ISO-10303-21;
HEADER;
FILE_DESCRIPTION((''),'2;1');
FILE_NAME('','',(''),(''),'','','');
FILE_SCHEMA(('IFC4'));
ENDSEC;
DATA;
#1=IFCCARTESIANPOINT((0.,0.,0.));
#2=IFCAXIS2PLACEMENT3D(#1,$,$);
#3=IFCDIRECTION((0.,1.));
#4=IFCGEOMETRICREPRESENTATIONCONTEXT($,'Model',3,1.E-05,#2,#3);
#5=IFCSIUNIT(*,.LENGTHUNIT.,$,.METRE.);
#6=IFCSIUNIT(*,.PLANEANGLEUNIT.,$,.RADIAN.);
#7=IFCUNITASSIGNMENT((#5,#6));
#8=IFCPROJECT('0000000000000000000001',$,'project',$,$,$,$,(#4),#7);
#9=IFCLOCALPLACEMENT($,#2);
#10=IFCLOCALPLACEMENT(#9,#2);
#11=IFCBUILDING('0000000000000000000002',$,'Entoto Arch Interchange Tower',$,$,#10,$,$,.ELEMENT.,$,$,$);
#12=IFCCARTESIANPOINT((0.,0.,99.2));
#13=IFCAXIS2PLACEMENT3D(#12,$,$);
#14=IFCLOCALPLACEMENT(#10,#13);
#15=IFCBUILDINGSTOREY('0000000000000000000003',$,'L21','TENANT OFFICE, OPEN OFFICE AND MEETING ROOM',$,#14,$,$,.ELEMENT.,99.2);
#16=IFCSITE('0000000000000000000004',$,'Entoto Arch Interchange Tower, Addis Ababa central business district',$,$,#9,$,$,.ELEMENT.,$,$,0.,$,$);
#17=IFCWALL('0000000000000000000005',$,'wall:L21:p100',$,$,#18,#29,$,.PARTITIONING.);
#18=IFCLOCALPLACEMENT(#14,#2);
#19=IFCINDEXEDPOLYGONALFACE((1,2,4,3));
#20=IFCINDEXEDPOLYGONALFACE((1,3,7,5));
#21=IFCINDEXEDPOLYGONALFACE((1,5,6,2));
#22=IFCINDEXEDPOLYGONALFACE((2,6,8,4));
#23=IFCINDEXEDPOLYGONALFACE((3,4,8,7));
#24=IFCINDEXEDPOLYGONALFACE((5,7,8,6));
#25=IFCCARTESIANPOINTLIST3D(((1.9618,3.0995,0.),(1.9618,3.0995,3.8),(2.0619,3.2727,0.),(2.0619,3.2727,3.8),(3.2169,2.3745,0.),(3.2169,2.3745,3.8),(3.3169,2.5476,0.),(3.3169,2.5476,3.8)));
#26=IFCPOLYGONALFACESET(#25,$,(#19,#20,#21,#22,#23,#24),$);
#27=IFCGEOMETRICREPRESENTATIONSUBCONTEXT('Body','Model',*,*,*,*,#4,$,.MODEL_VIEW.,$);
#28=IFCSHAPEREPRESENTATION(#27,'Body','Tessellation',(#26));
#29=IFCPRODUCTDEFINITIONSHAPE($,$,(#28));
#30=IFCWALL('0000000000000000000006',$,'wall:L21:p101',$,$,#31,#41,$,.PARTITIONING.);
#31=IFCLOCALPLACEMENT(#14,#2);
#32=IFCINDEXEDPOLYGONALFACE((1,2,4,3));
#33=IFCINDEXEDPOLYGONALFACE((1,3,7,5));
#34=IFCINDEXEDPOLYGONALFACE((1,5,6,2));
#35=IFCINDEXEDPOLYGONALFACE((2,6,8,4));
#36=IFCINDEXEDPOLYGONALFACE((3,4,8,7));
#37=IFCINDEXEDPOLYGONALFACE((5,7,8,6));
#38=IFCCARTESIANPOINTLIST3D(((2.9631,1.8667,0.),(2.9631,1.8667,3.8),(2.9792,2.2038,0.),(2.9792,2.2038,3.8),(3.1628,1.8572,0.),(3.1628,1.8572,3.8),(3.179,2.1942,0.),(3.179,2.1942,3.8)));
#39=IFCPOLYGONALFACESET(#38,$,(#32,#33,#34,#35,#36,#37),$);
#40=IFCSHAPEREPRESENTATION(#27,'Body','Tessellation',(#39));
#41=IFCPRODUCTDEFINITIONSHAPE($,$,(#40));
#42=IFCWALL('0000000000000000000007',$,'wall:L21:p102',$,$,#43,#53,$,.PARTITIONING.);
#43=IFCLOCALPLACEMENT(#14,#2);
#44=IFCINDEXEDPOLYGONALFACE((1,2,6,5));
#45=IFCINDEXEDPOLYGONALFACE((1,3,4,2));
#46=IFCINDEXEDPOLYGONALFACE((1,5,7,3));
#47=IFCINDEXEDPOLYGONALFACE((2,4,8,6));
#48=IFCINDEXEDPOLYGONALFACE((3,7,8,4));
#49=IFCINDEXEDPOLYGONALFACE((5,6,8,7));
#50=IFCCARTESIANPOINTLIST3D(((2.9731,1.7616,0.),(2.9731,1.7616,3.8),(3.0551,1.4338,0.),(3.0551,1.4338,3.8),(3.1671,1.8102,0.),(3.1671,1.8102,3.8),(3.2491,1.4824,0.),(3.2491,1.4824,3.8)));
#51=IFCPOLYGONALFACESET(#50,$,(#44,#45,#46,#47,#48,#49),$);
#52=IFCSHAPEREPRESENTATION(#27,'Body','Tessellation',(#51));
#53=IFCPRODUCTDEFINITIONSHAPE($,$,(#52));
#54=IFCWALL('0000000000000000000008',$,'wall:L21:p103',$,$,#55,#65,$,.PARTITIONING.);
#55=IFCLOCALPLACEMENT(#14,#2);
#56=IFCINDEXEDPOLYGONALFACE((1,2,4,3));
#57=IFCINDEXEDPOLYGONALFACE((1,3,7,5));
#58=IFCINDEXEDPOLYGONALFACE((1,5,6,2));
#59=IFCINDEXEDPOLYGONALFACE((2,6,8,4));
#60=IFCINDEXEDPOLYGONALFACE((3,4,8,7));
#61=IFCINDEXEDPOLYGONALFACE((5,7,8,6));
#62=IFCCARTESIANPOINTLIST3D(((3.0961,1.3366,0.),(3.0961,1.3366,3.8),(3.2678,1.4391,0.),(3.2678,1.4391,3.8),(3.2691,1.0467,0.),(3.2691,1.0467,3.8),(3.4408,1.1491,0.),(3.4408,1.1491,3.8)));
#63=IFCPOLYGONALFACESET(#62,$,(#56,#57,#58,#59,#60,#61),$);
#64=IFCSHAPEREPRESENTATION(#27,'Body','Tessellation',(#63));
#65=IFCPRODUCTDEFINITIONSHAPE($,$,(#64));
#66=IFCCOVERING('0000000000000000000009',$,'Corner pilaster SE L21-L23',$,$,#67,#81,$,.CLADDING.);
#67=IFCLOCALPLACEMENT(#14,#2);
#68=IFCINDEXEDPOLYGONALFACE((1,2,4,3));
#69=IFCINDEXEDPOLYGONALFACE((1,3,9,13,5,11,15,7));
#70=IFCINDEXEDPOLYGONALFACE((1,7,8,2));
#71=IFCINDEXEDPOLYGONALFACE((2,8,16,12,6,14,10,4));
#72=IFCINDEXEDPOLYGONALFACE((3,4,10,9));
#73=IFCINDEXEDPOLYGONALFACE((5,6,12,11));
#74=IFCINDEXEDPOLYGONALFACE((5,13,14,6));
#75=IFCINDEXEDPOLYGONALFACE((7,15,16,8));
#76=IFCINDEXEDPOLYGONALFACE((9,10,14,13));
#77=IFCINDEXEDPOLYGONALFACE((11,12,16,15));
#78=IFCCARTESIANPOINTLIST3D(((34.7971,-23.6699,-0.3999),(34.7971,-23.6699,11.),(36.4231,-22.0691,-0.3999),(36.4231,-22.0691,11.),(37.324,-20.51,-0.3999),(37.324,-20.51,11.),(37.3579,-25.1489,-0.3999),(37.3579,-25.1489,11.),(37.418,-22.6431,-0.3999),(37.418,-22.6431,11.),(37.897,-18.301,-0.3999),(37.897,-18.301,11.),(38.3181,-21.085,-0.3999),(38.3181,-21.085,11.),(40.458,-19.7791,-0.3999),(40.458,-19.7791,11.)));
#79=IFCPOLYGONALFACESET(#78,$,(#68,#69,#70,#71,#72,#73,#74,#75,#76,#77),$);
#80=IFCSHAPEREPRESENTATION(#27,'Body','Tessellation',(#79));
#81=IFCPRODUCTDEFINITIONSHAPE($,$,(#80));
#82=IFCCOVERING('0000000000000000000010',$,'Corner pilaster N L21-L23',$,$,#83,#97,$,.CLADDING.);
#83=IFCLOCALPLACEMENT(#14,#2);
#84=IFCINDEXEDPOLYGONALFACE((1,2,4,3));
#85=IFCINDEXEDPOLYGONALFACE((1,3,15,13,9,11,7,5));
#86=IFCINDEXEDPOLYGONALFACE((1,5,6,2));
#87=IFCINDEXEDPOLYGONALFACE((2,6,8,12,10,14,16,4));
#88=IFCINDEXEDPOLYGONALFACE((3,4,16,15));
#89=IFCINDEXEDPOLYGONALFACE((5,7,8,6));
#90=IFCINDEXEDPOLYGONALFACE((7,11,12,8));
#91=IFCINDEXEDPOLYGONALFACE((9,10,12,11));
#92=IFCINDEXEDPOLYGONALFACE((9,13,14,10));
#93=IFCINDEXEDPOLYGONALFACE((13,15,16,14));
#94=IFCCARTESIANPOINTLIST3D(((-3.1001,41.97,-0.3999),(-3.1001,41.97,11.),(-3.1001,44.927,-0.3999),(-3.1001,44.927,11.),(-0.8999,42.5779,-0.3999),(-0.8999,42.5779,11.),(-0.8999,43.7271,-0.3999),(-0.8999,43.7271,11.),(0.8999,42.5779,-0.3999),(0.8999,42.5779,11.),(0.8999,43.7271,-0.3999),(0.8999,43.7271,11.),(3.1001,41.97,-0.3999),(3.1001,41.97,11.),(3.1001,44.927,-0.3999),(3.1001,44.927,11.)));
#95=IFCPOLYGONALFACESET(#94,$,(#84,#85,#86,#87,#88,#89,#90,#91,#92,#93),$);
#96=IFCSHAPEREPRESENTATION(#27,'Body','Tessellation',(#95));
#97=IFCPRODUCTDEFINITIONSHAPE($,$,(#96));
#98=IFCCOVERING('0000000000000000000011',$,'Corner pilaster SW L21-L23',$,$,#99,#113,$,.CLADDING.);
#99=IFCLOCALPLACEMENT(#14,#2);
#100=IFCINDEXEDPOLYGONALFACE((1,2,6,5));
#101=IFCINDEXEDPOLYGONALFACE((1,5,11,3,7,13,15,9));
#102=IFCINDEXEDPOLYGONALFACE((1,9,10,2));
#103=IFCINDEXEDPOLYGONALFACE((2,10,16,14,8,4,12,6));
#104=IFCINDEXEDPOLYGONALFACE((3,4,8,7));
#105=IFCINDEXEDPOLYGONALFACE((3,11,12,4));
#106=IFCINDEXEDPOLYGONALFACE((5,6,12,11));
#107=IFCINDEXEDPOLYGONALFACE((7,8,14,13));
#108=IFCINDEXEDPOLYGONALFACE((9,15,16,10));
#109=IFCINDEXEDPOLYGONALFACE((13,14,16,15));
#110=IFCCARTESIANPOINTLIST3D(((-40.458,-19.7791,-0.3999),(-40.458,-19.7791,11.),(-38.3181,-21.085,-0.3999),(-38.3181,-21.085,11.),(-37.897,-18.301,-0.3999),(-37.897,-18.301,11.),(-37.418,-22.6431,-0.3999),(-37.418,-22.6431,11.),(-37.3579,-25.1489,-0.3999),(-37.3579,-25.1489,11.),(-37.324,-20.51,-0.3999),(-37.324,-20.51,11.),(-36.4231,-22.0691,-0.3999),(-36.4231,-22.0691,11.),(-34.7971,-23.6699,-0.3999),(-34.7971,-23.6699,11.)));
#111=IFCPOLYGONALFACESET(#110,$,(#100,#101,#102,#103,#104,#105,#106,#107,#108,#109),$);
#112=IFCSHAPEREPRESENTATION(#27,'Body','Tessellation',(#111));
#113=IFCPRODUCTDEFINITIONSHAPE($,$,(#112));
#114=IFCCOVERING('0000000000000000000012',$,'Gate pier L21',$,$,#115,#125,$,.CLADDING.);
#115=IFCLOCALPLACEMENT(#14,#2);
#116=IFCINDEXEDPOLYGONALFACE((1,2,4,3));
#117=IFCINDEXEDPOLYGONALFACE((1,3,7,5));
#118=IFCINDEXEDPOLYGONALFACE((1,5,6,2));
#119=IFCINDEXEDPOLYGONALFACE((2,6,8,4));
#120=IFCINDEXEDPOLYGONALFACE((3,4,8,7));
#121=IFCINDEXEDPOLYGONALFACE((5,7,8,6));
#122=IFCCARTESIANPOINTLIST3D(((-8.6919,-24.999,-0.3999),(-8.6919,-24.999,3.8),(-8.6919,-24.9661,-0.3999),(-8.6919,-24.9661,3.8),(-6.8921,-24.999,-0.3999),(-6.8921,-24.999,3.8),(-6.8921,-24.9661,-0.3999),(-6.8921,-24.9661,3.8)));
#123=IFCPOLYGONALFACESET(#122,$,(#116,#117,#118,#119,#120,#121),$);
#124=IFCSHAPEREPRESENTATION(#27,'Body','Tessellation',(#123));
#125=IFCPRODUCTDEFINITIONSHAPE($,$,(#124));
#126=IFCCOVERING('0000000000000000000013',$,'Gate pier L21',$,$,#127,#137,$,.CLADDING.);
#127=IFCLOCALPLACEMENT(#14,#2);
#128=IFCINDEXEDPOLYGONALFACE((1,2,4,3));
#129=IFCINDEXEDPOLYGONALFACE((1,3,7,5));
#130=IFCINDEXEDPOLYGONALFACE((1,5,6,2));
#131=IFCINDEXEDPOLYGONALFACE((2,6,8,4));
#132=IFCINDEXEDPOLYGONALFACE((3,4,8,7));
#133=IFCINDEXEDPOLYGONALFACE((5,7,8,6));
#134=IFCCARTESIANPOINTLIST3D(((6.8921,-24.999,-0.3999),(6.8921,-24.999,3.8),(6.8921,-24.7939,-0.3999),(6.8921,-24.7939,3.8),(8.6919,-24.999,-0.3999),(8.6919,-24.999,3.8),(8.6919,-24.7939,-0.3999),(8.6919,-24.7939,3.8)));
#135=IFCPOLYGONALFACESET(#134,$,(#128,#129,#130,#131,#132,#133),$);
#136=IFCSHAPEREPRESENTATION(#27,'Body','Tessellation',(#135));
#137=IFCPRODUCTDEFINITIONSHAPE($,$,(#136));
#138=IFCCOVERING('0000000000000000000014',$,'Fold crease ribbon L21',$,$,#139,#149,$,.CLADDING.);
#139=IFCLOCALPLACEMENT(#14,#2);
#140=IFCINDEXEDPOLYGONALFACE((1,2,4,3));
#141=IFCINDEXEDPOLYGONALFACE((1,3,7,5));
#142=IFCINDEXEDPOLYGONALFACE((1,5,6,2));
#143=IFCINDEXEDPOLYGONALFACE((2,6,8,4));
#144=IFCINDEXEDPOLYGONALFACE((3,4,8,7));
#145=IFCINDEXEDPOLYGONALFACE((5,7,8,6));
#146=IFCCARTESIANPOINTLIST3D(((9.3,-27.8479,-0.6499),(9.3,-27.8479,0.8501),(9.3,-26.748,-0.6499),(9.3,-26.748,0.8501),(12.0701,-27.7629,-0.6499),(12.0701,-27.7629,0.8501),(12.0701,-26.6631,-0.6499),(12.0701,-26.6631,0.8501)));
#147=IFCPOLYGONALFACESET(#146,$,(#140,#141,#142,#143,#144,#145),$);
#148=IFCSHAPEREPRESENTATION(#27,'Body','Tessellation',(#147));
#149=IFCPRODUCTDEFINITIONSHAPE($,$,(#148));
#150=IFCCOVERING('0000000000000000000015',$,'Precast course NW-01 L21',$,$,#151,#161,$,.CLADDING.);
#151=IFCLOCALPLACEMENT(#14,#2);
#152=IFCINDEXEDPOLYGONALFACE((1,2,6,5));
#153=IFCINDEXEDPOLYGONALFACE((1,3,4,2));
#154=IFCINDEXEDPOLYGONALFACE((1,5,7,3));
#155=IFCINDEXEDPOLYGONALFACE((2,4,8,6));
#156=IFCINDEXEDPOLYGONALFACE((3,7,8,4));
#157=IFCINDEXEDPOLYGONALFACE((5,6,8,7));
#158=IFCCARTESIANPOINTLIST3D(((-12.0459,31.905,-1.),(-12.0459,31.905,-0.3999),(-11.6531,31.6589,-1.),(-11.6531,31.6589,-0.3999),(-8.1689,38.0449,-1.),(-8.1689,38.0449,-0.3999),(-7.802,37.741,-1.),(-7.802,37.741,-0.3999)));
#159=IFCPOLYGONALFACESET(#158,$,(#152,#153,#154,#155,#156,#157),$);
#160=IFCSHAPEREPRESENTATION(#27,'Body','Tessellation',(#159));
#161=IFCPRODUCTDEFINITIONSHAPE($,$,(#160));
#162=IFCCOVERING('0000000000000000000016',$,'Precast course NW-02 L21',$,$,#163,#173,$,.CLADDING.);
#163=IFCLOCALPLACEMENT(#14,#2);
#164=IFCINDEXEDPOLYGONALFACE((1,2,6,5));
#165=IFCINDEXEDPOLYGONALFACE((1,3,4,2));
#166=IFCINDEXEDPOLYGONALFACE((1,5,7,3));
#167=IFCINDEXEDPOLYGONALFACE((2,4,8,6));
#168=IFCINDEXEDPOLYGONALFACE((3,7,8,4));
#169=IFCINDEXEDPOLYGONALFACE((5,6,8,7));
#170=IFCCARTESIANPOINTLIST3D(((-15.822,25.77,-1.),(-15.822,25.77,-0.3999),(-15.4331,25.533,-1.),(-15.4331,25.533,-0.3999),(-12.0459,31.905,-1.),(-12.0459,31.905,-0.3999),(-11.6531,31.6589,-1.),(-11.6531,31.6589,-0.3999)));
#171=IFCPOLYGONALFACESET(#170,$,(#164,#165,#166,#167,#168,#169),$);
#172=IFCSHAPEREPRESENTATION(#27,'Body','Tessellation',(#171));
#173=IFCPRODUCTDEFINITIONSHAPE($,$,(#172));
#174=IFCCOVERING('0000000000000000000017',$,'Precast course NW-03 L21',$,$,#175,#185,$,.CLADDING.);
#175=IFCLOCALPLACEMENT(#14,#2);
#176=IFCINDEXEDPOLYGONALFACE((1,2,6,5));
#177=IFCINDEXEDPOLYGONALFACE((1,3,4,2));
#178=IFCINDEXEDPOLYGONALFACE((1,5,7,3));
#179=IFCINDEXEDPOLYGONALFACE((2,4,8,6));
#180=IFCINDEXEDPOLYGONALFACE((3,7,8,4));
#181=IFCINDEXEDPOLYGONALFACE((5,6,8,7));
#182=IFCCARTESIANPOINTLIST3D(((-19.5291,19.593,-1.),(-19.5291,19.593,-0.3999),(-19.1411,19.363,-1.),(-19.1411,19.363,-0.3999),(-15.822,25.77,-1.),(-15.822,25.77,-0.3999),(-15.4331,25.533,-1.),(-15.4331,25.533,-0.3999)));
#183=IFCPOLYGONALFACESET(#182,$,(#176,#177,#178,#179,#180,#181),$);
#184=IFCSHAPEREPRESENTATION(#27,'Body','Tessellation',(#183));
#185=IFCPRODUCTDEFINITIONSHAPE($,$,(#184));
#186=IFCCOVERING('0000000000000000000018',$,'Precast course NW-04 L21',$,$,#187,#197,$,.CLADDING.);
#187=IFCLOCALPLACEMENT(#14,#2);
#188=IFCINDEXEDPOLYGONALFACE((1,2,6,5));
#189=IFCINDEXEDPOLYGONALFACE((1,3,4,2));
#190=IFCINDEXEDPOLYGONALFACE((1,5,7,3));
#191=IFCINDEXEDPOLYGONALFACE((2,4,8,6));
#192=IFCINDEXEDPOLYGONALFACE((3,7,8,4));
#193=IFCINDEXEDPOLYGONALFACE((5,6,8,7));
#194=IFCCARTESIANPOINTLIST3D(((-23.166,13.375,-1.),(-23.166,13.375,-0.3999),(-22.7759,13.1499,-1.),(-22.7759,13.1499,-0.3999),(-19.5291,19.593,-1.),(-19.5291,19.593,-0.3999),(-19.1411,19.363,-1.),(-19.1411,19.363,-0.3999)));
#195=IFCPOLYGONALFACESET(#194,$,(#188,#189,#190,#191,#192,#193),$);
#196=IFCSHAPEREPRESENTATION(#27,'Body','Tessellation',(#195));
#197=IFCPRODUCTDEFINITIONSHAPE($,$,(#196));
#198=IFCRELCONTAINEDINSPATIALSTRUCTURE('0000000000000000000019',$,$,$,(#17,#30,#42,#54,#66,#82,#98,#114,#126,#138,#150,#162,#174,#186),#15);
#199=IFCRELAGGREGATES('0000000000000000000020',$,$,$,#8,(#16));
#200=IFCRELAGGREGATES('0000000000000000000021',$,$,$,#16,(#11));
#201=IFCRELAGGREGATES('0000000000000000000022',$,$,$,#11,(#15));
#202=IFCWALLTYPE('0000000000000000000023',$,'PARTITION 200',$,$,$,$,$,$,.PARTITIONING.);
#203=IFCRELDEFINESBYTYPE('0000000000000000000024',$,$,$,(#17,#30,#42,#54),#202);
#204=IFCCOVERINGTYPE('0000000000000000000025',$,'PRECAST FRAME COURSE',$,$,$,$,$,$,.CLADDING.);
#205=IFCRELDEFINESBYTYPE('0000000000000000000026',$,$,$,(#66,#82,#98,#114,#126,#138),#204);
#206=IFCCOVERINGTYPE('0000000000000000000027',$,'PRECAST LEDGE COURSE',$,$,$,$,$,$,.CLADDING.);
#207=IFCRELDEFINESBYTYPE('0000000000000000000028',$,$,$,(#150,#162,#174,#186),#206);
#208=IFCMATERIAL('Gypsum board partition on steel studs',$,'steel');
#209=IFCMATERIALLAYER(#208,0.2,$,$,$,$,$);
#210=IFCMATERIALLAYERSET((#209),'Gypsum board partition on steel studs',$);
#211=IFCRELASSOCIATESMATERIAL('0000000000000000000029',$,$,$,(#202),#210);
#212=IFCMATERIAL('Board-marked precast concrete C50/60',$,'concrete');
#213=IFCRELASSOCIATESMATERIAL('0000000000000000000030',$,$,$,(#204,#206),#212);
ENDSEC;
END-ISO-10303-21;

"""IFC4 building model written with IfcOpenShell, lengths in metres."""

from ifc_helpers import new_model, si_unit, direction, frame, frame_2d, origin, place, context, subcontext, project, spatial, polyline, rectangle, outline, extrude, material, layer, layer_set, type_object, element, save


model = new_model("IFC4")

# Units and contexts
model_context = context("Model", 3, precision=1e-05, world=origin(), true_north=direction((0.0, 1.0)))
body_context = subcontext(model_context, "Body", "Model", "MODEL_VIEW")
ifc_project = project(units=[si_unit("LENGTHUNIT", "METRE"), si_unit("PLANEANGLEUNIT", "RADIAN")], contexts=[model_context])

# Site, building, storey
site_placement = place(None, origin())
site = spatial("IfcSite", under=ifc_project, at=site_placement, Name="Entoto Arch Interchange Tower, Addis Ababa central business district", CompositionType="ELEMENT", RefElevation=0.0)
building_placement = place(site_placement, origin())
building = spatial("IfcBuilding", under=site, at=building_placement, Name="Entoto Arch Interchange Tower", CompositionType="ELEMENT")
storey_placement = place(building_placement, frame((0.0, 0.0, 99.2)))
storey = spatial("IfcBuildingStorey", under=building, at=storey_placement, Name="L21", Description="TENANT OFFICE, OPEN OFFICE AND MEETING ROOM", CompositionType="ELEMENT", Elevation=99.2)

# Shared definitions
ifc_material_1 = material(Name="Board-marked precast concrete C50/60", Category="concrete")

# Walls
ifc_material_2 = material(Name="Gypsum board partition on steel studs", Category="steel")
ifc_layer_1 = layer(ifc_material_2, 0.2)
ifc_layer_set_1 = layer_set([ifc_layer_1], Name="Gypsum board partition on steel studs")
wall_type = type_object("IfcWallType", Name="PARTITION 200", PredefinedType="PARTITIONING", material=ifc_layer_set_1)
wall_1_placement = place(storey_placement, frame((2.012, 3.186, 0.0), z_axis=(0.0, 0.0, 1.0), x_axis=(0.865891, -0.500233, 0.0)))
element("IfcWall", 1, at=wall_1_placement, inside=storey, type_object=wall_type, Name="wall:L21:p100", PredefinedType="PARTITIONING", context=body_context, shape_type="SweptSolid", body=[
    extrude(rectangle(XDim=1.4495, YDim=0.2, at=frame_2d((0.7246, 0.0))), origin(), (0.0, 0.0, 1.0), 3.8),
])
wall_2_placement = place(storey_placement, frame((3.0791, 2.199, 0.0), z_axis=(0.0, 0.0, 1.0), x_axis=(-0.047771, -0.998858, 0.0)))
element("IfcWall", 2, at=wall_2_placement, inside=storey, type_object=wall_type, Name="wall:L21:p101", PredefinedType="PARTITIONING", context=body_context, shape_type="SweptSolid", body=[
    extrude(rectangle(XDim=0.3374, YDim=0.2, at=frame_2d((0.1687, 0.0))), origin(), (0.0, 0.0, 1.0), 3.8),
])
wall_3_placement = place(storey_placement, frame((3.0701, 1.7859, 0.0), z_axis=(0.0, 0.0, 1.0), x_axis=(0.242706, -0.9701, 0.0)))
element("IfcWall", 3, at=wall_3_placement, inside=storey, type_object=wall_type, Name="wall:L21:p102", PredefinedType="PARTITIONING", context=body_context, shape_type="SweptSolid", body=[
    extrude(rectangle(XDim=0.3379, YDim=0.2, at=frame_2d((0.1689, 0.0))), origin(), (0.0, 0.0, 1.0), 3.8),
])
wall_4_placement = place(storey_placement, frame((3.1819, 1.3879, 0.0), z_axis=(0.0, 0.0, 1.0), x_axis=(0.512475, -0.858702, 0.0)))
element("IfcWall", 4, at=wall_4_placement, inside=storey, type_object=wall_type, Name="wall:L21:p103", PredefinedType="PARTITIONING", context=body_context, shape_type="SweptSolid", body=[
    extrude(rectangle(XDim=0.3376, YDim=0.2, at=frame_2d((0.1689, 0.0))), origin(), (0.0, 0.0, 1.0), 3.8),
])

# Coverings
covering_type_1 = type_object("IfcCoveringType", Name="PRECAST FRAME COURSE", PredefinedType="CLADDING", material=ifc_material_1)
covering_1_placement = place(storey_placement, frame((0.0, 0.0, -0.3999)))
element("IfcCovering", 5, at=covering_1_placement, inside=storey, type_object=covering_type_1, Name="Corner pilaster SE L21-L23", PredefinedType="CLADDING", context=body_context, shape_type="SweptSolid", body=[
    extrude(outline(polyline([(40.458, -19.7791), (37.3579, -25.1489), (34.7971, -23.6699), (36.4231, -22.0691), (37.418, -22.6431), (38.3181, -21.085), (37.324, -20.51), (37.897, -18.301), (40.458, -19.7791)])), origin(), (0.0, 0.0, 1.0), 11.3999),
])
covering_2_placement = place(storey_placement, frame((0.0, 0.0, -0.3999)))
element("IfcCovering", 6, at=covering_2_placement, inside=storey, type_object=covering_type_1, Name="Corner pilaster N L21-L23", PredefinedType="CLADDING", context=body_context, shape_type="SweptSolid", body=[
    extrude(outline(polyline([(-3.1001, 44.927), (3.1001, 44.927), (3.1001, 41.97), (0.8999, 42.5779), (0.8999, 43.7271), (-0.8999, 43.7271), (-0.8999, 42.5779), (-3.1001, 41.97), (-3.1001, 44.927)])), origin(), (0.0, 0.0, 1.0), 11.3999),
])
covering_3_placement = place(storey_placement, frame((0.0, 0.0, -0.3999)))
element("IfcCovering", 7, at=covering_3_placement, inside=storey, type_object=covering_type_1, Name="Corner pilaster SW L21-L23", PredefinedType="CLADDING", context=body_context, shape_type="SweptSolid", body=[
    extrude(outline(polyline([(-37.3579, -25.1489), (-40.458, -19.7791), (-37.897, -18.301), (-37.324, -20.51), (-38.3181, -21.085), (-37.418, -22.6431), (-36.4231, -22.0691), (-34.7971, -23.6699), (-37.3579, -25.1489)])), origin(), (0.0, 0.0, 1.0), 11.3999),
])
covering_4_placement = place(storey_placement, frame((0.0, 0.0, -0.3999)))
element("IfcCovering", 8, at=covering_4_placement, inside=storey, type_object=covering_type_1, Name="Gate pier L21", PredefinedType="CLADDING", context=body_context, shape_type="SweptSolid", body=[
    extrude(outline(polyline([(-8.6919, -24.9661), (-6.8921, -24.9661), (-6.8921, -24.999), (-8.6919, -24.999), (-8.6919, -24.9661)])), origin(), (0.0, 0.0, 1.0), 4.2),
])
covering_5_placement = place(storey_placement, frame((0.0, 0.0, -0.3999)))
element("IfcCovering", 9, at=covering_5_placement, inside=storey, type_object=covering_type_1, Name="Gate pier L21", PredefinedType="CLADDING", context=body_context, shape_type="SweptSolid", body=[
    extrude(outline(polyline([(6.8921, -24.7939), (8.6919, -24.7939), (8.6919, -24.999), (6.8921, -24.999), (6.8921, -24.7939)])), origin(), (0.0, 0.0, 1.0), 4.2),
])
covering_6_placement = place(storey_placement, frame((0.0, 0.0, -0.6499)))
element("IfcCovering", 10, at=covering_6_placement, inside=storey, type_object=covering_type_1, Name="Fold crease ribbon L21", PredefinedType="CLADDING", context=body_context, shape_type="SweptSolid", body=[
    extrude(outline(polyline([(9.3, -27.8479), (9.3, -26.748), (12.0701, -26.6631), (12.0701, -27.7629), (9.3, -27.8479)])), origin(), (0.0, 0.0, 1.0), 1.5),
])
covering_type_2 = type_object("IfcCoveringType", Name="PRECAST LEDGE COURSE", PredefinedType="CLADDING", material=ifc_material_1)
covering_7_placement = place(storey_placement, frame((0.0, 0.0, -1.0)))
element("IfcCovering", 11, at=covering_7_placement, inside=storey, type_object=covering_type_2, Name="Precast course NW-01 L21", PredefinedType="CLADDING", context=body_context, shape_type="SweptSolid", body=[
    extrude(outline(polyline([(-11.6531, 31.6589), (-12.0459, 31.905), (-8.1689, 38.0449), (-7.802, 37.741), (-11.6531, 31.6589)])), origin(), (0.0, 0.0, 1.0), 0.6001),
])
covering_8_placement = place(storey_placement, frame((0.0, 0.0, -1.0)))
element("IfcCovering", 12, at=covering_8_placement, inside=storey, type_object=covering_type_2, Name="Precast course NW-02 L21", PredefinedType="CLADDING", context=body_context, shape_type="SweptSolid", body=[
    extrude(outline(polyline([(-15.4331, 25.533), (-15.822, 25.77), (-12.0459, 31.905), (-11.6531, 31.6589), (-15.4331, 25.533)])), origin(), (0.0, 0.0, 1.0), 0.6001),
])
covering_9_placement = place(storey_placement, frame((0.0, 0.0, -1.0)))
element("IfcCovering", 13, at=covering_9_placement, inside=storey, type_object=covering_type_2, Name="Precast course NW-03 L21", PredefinedType="CLADDING", context=body_context, shape_type="SweptSolid", body=[
    extrude(outline(polyline([(-19.1411, 19.363), (-19.5291, 19.593), (-15.822, 25.77), (-15.4331, 25.533), (-19.1411, 19.363)])), origin(), (0.0, 0.0, 1.0), 0.6001),
])
covering_10_placement = place(storey_placement, frame((0.0, 0.0, -1.0)))
element("IfcCovering", 14, at=covering_10_placement, inside=storey, type_object=covering_type_2, Name="Precast course NW-04 L21", PredefinedType="CLADDING", context=body_context, shape_type="SweptSolid", body=[
    extrude(outline(polyline([(-22.7759, 13.1499), (-23.166, 13.375), (-19.5291, 19.593), (-19.1411, 19.363), (-22.7759, 13.1499)])), origin(), (0.0, 0.0, 1.0), 0.6001),
])

save(model, "model.ifc")
